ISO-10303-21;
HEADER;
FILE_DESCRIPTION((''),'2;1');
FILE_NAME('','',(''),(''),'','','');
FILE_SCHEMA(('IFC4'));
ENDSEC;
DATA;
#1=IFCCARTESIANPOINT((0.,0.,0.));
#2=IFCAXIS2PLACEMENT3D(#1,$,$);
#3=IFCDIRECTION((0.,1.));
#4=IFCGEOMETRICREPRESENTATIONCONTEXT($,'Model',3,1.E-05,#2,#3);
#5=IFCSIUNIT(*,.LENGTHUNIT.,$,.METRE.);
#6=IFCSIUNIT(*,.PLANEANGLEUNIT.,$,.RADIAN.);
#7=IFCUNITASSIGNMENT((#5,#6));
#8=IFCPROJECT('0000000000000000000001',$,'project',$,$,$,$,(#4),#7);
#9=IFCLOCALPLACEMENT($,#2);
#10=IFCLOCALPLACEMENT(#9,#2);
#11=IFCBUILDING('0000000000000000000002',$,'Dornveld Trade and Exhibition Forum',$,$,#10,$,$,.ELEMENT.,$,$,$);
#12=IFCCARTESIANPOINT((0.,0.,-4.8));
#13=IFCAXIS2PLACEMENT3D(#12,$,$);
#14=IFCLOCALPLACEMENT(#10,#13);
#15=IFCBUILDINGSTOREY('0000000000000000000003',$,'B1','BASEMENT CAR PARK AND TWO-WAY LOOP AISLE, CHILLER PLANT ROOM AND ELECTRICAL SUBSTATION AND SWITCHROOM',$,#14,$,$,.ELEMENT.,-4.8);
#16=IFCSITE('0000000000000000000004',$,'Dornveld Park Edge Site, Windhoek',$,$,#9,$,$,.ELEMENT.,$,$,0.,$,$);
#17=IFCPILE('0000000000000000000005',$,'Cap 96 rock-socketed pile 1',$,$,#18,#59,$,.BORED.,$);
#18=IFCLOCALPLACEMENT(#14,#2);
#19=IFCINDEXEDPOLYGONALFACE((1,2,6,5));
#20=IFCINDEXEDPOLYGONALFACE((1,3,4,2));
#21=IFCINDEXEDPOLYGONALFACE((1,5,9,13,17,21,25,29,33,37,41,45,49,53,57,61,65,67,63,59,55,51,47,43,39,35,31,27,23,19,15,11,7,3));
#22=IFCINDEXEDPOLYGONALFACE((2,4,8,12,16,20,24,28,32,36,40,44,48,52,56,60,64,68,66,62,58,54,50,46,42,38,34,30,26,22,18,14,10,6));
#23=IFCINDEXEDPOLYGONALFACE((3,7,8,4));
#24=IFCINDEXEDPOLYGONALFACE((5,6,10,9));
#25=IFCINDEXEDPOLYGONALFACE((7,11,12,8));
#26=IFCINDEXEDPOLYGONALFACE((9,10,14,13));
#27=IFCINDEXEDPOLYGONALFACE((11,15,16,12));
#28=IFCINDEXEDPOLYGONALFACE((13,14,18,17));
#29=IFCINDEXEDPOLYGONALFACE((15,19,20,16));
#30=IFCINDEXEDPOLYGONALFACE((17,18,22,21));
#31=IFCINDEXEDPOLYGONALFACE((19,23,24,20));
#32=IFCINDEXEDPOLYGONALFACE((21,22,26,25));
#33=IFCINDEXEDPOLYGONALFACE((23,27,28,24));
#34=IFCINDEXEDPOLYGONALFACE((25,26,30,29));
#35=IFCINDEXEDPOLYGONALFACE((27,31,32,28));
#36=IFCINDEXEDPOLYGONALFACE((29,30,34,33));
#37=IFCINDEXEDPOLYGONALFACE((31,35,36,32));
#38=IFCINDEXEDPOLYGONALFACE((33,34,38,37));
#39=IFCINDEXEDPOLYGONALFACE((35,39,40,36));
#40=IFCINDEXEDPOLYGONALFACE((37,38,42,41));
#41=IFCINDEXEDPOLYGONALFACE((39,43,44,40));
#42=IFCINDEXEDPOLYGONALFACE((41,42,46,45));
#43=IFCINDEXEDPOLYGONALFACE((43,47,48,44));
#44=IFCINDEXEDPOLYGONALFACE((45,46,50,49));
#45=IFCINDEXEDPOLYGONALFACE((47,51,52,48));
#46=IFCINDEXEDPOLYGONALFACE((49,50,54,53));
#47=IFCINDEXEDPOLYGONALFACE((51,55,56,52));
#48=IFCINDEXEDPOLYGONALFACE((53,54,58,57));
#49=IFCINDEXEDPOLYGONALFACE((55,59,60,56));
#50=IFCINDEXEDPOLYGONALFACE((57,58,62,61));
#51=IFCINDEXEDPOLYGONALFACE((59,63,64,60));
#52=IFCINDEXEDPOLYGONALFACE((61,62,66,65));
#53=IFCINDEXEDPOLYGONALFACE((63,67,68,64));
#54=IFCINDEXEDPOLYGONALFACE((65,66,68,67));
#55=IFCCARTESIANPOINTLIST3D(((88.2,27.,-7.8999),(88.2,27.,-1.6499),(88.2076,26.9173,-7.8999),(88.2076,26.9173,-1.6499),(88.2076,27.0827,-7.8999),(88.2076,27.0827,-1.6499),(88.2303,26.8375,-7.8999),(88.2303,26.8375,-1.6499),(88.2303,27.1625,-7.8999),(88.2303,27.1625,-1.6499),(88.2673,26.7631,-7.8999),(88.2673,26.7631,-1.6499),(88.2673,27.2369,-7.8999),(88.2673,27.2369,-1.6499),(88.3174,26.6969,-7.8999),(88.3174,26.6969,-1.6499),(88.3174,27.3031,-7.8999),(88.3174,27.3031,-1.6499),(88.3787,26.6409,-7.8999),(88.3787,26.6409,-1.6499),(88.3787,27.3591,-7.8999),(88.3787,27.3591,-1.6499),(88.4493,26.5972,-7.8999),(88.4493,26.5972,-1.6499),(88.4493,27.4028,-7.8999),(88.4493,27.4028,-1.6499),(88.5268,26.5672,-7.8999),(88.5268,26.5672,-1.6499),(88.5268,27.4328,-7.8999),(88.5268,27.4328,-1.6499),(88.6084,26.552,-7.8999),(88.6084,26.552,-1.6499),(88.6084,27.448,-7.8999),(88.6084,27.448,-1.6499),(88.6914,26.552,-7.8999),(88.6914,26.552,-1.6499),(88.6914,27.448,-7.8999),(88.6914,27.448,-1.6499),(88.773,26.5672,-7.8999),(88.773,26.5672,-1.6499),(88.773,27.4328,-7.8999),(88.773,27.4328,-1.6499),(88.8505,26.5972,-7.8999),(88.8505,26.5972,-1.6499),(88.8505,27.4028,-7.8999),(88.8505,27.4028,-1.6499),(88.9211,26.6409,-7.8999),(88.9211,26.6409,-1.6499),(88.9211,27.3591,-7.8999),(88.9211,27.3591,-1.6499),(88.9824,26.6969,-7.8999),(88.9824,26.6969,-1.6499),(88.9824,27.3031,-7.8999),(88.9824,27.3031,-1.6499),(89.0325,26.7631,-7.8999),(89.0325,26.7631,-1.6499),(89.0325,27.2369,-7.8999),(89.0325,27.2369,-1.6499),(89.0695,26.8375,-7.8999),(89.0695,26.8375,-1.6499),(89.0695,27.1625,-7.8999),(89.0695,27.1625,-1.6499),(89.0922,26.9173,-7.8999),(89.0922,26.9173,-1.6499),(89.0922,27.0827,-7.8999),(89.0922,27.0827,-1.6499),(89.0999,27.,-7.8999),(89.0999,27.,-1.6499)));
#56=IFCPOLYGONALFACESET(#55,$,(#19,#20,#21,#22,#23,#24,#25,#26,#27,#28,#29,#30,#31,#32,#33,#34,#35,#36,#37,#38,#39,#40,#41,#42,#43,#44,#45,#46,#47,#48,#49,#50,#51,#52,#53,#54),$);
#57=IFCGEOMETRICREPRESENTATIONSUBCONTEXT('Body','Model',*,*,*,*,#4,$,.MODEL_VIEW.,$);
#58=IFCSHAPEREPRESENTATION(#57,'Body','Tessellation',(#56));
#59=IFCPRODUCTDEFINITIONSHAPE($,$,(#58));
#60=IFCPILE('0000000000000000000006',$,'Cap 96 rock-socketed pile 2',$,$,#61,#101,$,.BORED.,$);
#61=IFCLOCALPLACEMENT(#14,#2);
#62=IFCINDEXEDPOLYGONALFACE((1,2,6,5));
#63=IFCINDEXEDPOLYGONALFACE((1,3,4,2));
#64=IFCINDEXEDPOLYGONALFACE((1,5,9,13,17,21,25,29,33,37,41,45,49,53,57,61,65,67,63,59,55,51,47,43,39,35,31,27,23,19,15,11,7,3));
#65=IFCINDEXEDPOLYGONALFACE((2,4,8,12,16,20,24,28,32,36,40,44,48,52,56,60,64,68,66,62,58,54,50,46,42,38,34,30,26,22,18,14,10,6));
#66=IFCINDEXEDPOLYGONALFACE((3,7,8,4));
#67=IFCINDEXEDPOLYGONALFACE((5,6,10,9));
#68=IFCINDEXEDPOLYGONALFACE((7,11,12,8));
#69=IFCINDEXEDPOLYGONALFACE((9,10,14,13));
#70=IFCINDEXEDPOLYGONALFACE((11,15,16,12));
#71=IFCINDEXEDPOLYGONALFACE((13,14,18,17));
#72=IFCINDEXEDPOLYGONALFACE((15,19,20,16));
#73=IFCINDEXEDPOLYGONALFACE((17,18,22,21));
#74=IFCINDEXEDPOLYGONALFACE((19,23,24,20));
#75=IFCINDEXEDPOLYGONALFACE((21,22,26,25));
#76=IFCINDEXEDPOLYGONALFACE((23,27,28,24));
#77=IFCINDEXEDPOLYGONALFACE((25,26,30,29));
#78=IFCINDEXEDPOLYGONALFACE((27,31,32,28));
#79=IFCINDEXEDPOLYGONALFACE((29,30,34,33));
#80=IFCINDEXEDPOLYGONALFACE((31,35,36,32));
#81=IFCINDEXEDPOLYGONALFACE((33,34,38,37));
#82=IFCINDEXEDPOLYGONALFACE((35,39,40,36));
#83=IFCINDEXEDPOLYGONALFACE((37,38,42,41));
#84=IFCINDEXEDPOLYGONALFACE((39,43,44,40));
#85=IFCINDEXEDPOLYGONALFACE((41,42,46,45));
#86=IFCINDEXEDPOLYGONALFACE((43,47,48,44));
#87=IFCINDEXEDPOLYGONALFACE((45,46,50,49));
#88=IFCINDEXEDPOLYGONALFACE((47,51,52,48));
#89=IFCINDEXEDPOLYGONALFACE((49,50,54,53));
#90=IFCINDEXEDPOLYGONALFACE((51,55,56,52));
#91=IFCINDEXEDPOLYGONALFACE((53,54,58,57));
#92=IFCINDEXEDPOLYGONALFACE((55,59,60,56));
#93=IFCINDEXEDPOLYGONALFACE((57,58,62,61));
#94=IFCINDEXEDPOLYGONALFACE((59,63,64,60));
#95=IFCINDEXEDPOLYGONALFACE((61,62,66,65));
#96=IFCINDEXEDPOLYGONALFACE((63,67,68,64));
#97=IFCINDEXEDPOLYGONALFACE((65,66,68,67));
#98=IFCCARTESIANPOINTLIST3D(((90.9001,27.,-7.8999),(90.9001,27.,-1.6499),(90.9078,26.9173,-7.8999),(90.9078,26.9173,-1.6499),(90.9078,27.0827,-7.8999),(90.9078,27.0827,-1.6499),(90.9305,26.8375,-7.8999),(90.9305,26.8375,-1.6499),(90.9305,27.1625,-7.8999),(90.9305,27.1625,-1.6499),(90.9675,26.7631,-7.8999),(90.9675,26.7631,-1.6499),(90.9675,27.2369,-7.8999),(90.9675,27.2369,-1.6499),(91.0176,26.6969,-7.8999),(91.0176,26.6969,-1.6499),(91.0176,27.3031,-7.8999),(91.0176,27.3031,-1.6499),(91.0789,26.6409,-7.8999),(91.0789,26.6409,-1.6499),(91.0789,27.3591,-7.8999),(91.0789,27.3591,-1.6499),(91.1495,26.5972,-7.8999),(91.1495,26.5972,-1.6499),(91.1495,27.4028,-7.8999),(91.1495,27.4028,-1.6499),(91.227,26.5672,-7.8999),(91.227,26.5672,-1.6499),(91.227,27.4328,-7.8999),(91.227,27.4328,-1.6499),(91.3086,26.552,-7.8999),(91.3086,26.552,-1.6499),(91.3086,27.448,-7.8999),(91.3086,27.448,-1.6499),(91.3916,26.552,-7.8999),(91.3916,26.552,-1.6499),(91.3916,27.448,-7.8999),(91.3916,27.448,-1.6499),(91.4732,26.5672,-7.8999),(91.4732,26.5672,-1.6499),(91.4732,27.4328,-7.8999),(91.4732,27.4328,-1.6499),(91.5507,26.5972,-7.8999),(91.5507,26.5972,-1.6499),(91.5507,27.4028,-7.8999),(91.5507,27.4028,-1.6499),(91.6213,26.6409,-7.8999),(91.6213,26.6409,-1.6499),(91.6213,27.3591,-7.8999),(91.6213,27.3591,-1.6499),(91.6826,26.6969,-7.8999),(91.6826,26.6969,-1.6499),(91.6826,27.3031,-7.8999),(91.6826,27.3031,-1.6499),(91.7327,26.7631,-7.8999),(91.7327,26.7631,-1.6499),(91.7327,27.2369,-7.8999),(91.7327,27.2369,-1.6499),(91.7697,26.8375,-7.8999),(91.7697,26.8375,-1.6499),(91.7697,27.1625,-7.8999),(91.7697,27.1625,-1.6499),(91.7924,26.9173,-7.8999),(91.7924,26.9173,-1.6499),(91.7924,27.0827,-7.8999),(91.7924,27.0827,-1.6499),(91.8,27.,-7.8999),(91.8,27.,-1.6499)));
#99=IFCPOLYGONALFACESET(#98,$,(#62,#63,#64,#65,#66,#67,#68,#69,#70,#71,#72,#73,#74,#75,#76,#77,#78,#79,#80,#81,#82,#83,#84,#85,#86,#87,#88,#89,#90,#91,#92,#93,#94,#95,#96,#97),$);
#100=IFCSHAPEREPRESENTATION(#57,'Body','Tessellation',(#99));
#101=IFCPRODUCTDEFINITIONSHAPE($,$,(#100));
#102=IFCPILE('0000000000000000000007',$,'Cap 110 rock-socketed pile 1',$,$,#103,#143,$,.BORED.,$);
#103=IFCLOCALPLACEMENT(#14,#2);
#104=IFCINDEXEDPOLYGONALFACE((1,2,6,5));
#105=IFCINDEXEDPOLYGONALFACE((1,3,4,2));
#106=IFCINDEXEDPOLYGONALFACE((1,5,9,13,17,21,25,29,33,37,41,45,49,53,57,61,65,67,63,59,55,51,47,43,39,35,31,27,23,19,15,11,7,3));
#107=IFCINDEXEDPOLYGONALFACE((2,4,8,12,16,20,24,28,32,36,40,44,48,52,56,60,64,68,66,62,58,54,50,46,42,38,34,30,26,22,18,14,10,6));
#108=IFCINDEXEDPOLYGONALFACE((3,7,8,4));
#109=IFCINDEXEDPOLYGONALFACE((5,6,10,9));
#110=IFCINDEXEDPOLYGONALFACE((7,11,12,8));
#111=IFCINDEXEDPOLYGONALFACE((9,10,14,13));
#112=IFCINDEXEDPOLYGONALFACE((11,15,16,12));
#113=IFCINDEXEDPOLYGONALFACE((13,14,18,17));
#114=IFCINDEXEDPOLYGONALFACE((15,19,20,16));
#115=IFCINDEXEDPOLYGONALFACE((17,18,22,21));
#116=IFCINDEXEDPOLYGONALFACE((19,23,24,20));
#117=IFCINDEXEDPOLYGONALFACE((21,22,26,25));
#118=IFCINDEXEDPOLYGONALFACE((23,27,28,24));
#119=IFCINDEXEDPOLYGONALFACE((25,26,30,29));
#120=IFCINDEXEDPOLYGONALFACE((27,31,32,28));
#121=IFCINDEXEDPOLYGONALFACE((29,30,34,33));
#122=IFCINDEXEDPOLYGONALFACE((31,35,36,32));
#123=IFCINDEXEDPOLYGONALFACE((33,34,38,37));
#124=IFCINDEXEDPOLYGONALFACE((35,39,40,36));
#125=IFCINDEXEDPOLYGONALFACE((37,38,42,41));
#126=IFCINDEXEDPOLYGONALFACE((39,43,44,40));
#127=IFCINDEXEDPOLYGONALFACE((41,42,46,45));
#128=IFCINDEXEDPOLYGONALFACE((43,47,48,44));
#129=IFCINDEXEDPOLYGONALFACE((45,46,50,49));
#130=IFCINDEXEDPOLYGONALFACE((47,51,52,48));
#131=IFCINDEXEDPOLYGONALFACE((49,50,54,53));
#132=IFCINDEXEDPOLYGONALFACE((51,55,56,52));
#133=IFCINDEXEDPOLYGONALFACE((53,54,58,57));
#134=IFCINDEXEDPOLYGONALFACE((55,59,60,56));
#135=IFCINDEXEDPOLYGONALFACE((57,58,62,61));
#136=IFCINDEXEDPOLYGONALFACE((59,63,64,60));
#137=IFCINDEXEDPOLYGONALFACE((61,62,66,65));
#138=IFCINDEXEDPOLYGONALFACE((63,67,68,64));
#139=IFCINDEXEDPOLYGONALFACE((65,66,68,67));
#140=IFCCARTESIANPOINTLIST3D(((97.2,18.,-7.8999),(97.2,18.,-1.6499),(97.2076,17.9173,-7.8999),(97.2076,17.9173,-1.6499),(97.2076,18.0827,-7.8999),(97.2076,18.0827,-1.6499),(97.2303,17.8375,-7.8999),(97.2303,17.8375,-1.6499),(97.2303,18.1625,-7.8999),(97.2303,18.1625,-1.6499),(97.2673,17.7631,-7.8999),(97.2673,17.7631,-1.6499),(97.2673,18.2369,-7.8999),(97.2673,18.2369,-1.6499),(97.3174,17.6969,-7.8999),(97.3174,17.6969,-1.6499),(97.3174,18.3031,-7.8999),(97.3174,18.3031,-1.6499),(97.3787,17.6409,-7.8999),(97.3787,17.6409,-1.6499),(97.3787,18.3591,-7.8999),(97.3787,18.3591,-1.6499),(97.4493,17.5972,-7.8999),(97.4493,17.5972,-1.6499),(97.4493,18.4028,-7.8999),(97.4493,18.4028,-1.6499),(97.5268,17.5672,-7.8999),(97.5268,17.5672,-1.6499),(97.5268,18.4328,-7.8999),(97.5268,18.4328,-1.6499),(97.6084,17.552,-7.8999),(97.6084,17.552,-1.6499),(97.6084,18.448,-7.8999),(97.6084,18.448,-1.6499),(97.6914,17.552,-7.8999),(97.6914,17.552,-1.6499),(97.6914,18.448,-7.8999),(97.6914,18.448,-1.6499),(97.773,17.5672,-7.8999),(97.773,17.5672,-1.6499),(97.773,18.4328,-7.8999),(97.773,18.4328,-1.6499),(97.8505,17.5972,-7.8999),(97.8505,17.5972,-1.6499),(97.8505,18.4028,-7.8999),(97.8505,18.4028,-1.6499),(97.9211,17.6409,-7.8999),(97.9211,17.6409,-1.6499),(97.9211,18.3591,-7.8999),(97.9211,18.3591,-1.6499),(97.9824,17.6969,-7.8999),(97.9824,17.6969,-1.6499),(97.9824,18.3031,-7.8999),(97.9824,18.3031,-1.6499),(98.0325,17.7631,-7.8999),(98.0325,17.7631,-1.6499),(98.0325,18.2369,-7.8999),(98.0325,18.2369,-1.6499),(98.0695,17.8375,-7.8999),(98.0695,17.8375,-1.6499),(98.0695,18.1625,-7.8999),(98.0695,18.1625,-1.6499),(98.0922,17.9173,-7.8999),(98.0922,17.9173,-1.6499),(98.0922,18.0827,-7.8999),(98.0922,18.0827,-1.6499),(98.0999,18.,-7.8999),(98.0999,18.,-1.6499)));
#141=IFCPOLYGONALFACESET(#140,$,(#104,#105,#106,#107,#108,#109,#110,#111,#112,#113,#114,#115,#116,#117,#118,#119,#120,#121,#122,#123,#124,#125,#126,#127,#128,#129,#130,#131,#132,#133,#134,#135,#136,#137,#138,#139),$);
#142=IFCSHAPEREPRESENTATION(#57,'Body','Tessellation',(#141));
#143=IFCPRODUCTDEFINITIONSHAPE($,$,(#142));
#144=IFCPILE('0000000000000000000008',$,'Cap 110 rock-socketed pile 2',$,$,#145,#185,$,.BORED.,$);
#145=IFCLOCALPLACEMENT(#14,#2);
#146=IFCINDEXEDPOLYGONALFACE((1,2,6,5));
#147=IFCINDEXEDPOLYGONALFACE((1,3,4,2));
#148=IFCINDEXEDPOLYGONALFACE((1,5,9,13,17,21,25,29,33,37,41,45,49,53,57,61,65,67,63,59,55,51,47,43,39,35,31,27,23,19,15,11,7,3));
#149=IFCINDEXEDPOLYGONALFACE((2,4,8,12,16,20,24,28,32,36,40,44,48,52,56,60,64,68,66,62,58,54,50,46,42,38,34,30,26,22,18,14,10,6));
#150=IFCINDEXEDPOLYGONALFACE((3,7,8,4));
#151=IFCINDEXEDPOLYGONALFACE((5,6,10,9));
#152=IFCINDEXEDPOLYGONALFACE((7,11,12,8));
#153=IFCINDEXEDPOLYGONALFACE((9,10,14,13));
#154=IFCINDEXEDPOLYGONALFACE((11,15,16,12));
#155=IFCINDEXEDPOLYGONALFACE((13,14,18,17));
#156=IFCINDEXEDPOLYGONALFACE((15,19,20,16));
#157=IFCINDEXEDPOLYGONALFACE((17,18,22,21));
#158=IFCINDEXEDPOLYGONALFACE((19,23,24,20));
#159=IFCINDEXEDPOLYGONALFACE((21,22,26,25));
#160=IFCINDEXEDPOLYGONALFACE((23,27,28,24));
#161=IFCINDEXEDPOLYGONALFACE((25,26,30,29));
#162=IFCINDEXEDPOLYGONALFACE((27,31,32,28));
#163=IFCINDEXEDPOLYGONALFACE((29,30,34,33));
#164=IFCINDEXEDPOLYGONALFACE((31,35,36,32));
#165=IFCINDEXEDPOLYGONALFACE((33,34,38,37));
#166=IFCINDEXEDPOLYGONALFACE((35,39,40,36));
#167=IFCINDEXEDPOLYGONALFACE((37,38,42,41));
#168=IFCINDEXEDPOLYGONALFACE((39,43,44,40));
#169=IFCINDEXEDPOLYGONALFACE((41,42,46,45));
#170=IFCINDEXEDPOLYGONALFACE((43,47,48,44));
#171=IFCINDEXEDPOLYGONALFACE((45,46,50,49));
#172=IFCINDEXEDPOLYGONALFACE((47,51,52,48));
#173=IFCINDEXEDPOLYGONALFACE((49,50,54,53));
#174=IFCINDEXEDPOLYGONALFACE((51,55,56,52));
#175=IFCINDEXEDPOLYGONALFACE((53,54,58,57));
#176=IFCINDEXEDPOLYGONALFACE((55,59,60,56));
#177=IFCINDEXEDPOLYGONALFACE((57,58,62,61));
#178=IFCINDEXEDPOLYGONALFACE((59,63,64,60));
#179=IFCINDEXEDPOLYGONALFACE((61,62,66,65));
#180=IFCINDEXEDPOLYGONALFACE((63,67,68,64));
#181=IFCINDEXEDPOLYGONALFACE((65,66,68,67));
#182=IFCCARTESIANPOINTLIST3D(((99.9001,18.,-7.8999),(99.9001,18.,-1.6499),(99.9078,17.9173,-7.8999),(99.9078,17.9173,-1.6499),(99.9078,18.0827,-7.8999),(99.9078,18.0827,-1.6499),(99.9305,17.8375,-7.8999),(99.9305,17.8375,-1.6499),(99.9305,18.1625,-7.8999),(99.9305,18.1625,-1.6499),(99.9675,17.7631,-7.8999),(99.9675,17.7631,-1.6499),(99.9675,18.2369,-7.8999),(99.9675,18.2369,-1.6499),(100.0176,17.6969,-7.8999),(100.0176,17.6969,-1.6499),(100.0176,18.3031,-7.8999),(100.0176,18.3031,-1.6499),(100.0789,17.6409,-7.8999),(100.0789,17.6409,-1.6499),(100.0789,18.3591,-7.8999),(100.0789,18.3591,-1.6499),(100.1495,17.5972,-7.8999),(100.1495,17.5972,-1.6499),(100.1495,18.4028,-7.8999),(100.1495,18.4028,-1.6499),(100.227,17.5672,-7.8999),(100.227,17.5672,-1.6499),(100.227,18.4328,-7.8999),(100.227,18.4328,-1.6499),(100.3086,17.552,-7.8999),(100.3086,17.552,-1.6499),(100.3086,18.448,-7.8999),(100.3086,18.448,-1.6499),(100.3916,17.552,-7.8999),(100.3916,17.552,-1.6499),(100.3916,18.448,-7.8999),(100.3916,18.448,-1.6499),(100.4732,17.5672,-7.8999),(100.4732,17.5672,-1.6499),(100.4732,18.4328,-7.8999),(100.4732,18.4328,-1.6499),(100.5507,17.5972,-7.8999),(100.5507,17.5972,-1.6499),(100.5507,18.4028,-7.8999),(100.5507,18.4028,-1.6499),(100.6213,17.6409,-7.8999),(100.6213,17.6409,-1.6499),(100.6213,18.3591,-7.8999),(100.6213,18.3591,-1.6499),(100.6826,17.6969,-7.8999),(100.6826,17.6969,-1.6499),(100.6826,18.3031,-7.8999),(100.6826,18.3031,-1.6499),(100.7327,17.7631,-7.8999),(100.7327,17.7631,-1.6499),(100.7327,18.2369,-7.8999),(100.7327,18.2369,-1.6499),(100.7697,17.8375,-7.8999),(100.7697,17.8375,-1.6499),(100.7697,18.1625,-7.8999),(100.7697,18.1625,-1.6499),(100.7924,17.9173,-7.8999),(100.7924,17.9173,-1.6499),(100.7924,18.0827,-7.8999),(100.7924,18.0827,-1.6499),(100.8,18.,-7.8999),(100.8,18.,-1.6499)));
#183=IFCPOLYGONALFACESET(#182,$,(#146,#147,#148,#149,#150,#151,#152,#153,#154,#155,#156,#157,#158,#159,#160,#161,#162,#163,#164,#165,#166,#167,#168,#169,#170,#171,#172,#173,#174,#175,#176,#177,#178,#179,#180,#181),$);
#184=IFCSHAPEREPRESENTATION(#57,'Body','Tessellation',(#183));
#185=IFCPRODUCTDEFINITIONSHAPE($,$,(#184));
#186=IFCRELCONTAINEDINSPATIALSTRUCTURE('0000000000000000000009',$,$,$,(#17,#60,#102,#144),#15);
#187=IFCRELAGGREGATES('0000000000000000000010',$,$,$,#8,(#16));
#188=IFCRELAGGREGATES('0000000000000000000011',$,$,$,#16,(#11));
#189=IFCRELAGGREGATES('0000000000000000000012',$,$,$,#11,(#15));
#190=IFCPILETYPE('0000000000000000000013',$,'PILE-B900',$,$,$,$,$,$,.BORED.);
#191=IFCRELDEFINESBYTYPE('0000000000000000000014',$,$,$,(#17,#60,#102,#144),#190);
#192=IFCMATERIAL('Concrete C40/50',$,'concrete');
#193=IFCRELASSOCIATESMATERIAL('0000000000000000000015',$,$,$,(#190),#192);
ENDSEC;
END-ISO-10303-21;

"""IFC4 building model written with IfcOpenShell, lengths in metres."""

from ifc_helpers import new_model, si_unit, direction, frame, origin, origin_2d, place, context, subcontext, project, spatial, circle, extrude, material, material_profile, profile_set, type_object, element, save


model = new_model("IFC4")

# Units and contexts
model_context = context("Model", 3, precision=1e-05, world=origin(), true_north=direction((0.0, 1.0)))
body_context = subcontext(model_context, "Body", "Model", "MODEL_VIEW")
ifc_project = project(units=[si_unit("LENGTHUNIT", "METRE"), si_unit("PLANEANGLEUNIT", "RADIAN")], contexts=[model_context])

# Site, building, storey
site_placement = place(None, origin())
site = spatial("IfcSite", under=ifc_project, at=site_placement, Name="Dornveld Park Edge Site, Windhoek", CompositionType="ELEMENT", RefElevation=0.0)
building_placement = place(site_placement, origin())
building = spatial("IfcBuilding", under=site, at=building_placement, Name="Dornveld Trade and Exhibition Forum", CompositionType="ELEMENT")
storey_placement = place(building_placement, frame((0.0, 0.0, -4.8)))
storey = spatial("IfcBuildingStorey", under=building, at=storey_placement, Name="B1", Description="BASEMENT CAR PARK AND TWO-WAY LOOP AISLE, CHILLER PLANT ROOM AND ELECTRICAL SUBSTATION AND SWITCHROOM", CompositionType="ELEMENT", Elevation=-4.8)

# Piles
ifc_material_1 = material(Name="Concrete C40/50", Category="concrete")
ifc_material_profile_1 = material_profile(ifc_material_1, circle(Radius=0.45, at=origin_2d()), Name="PILE D900")
ifc_profile_set_1 = profile_set([ifc_material_profile_1], Name="Concrete C40/50")
pile_type = type_object("IfcPileType", Name="PILE-B900", PredefinedType="BORED", material=ifc_profile_set_1)
for number, where, z_axis, x_axis, name in (
    (1, (88.6499, 27.0, -1.6499), (0.0, 0.0, -1.0), (1.0, 0.0, 0.0), "Cap 96 rock-socketed pile 1"),
    (2, (91.3501, 27.0, -1.6499), (0.0, 0.0, -1.0), (1.0, 0.0, 0.0), "Cap 96 rock-socketed pile 2"),
    (3, (97.6499, 18.0, -1.6499), (0.0, 0.0, -1.0), (1.0, 0.0, 0.0), "Cap 110 rock-socketed pile 1"),
    (4, (100.3501, 18.0, -1.6499), (0.0, 0.0, -1.0), (1.0, 0.0, 0.0), "Cap 110 rock-socketed pile 2"),
):
    element("IfcPile", number, at=place(storey_placement, frame(where, z_axis=z_axis, x_axis=x_axis)), inside=storey, type_object=pile_type, Name=name, PredefinedType="BORED", context=body_context, shape_type="SweptSolid", body=[
        extrude(circle(Radius=0.45, at=origin_2d()), origin(), (0.0, 0.0, 1.0), 6.25),
    ])

save(model, "model.ifc")
